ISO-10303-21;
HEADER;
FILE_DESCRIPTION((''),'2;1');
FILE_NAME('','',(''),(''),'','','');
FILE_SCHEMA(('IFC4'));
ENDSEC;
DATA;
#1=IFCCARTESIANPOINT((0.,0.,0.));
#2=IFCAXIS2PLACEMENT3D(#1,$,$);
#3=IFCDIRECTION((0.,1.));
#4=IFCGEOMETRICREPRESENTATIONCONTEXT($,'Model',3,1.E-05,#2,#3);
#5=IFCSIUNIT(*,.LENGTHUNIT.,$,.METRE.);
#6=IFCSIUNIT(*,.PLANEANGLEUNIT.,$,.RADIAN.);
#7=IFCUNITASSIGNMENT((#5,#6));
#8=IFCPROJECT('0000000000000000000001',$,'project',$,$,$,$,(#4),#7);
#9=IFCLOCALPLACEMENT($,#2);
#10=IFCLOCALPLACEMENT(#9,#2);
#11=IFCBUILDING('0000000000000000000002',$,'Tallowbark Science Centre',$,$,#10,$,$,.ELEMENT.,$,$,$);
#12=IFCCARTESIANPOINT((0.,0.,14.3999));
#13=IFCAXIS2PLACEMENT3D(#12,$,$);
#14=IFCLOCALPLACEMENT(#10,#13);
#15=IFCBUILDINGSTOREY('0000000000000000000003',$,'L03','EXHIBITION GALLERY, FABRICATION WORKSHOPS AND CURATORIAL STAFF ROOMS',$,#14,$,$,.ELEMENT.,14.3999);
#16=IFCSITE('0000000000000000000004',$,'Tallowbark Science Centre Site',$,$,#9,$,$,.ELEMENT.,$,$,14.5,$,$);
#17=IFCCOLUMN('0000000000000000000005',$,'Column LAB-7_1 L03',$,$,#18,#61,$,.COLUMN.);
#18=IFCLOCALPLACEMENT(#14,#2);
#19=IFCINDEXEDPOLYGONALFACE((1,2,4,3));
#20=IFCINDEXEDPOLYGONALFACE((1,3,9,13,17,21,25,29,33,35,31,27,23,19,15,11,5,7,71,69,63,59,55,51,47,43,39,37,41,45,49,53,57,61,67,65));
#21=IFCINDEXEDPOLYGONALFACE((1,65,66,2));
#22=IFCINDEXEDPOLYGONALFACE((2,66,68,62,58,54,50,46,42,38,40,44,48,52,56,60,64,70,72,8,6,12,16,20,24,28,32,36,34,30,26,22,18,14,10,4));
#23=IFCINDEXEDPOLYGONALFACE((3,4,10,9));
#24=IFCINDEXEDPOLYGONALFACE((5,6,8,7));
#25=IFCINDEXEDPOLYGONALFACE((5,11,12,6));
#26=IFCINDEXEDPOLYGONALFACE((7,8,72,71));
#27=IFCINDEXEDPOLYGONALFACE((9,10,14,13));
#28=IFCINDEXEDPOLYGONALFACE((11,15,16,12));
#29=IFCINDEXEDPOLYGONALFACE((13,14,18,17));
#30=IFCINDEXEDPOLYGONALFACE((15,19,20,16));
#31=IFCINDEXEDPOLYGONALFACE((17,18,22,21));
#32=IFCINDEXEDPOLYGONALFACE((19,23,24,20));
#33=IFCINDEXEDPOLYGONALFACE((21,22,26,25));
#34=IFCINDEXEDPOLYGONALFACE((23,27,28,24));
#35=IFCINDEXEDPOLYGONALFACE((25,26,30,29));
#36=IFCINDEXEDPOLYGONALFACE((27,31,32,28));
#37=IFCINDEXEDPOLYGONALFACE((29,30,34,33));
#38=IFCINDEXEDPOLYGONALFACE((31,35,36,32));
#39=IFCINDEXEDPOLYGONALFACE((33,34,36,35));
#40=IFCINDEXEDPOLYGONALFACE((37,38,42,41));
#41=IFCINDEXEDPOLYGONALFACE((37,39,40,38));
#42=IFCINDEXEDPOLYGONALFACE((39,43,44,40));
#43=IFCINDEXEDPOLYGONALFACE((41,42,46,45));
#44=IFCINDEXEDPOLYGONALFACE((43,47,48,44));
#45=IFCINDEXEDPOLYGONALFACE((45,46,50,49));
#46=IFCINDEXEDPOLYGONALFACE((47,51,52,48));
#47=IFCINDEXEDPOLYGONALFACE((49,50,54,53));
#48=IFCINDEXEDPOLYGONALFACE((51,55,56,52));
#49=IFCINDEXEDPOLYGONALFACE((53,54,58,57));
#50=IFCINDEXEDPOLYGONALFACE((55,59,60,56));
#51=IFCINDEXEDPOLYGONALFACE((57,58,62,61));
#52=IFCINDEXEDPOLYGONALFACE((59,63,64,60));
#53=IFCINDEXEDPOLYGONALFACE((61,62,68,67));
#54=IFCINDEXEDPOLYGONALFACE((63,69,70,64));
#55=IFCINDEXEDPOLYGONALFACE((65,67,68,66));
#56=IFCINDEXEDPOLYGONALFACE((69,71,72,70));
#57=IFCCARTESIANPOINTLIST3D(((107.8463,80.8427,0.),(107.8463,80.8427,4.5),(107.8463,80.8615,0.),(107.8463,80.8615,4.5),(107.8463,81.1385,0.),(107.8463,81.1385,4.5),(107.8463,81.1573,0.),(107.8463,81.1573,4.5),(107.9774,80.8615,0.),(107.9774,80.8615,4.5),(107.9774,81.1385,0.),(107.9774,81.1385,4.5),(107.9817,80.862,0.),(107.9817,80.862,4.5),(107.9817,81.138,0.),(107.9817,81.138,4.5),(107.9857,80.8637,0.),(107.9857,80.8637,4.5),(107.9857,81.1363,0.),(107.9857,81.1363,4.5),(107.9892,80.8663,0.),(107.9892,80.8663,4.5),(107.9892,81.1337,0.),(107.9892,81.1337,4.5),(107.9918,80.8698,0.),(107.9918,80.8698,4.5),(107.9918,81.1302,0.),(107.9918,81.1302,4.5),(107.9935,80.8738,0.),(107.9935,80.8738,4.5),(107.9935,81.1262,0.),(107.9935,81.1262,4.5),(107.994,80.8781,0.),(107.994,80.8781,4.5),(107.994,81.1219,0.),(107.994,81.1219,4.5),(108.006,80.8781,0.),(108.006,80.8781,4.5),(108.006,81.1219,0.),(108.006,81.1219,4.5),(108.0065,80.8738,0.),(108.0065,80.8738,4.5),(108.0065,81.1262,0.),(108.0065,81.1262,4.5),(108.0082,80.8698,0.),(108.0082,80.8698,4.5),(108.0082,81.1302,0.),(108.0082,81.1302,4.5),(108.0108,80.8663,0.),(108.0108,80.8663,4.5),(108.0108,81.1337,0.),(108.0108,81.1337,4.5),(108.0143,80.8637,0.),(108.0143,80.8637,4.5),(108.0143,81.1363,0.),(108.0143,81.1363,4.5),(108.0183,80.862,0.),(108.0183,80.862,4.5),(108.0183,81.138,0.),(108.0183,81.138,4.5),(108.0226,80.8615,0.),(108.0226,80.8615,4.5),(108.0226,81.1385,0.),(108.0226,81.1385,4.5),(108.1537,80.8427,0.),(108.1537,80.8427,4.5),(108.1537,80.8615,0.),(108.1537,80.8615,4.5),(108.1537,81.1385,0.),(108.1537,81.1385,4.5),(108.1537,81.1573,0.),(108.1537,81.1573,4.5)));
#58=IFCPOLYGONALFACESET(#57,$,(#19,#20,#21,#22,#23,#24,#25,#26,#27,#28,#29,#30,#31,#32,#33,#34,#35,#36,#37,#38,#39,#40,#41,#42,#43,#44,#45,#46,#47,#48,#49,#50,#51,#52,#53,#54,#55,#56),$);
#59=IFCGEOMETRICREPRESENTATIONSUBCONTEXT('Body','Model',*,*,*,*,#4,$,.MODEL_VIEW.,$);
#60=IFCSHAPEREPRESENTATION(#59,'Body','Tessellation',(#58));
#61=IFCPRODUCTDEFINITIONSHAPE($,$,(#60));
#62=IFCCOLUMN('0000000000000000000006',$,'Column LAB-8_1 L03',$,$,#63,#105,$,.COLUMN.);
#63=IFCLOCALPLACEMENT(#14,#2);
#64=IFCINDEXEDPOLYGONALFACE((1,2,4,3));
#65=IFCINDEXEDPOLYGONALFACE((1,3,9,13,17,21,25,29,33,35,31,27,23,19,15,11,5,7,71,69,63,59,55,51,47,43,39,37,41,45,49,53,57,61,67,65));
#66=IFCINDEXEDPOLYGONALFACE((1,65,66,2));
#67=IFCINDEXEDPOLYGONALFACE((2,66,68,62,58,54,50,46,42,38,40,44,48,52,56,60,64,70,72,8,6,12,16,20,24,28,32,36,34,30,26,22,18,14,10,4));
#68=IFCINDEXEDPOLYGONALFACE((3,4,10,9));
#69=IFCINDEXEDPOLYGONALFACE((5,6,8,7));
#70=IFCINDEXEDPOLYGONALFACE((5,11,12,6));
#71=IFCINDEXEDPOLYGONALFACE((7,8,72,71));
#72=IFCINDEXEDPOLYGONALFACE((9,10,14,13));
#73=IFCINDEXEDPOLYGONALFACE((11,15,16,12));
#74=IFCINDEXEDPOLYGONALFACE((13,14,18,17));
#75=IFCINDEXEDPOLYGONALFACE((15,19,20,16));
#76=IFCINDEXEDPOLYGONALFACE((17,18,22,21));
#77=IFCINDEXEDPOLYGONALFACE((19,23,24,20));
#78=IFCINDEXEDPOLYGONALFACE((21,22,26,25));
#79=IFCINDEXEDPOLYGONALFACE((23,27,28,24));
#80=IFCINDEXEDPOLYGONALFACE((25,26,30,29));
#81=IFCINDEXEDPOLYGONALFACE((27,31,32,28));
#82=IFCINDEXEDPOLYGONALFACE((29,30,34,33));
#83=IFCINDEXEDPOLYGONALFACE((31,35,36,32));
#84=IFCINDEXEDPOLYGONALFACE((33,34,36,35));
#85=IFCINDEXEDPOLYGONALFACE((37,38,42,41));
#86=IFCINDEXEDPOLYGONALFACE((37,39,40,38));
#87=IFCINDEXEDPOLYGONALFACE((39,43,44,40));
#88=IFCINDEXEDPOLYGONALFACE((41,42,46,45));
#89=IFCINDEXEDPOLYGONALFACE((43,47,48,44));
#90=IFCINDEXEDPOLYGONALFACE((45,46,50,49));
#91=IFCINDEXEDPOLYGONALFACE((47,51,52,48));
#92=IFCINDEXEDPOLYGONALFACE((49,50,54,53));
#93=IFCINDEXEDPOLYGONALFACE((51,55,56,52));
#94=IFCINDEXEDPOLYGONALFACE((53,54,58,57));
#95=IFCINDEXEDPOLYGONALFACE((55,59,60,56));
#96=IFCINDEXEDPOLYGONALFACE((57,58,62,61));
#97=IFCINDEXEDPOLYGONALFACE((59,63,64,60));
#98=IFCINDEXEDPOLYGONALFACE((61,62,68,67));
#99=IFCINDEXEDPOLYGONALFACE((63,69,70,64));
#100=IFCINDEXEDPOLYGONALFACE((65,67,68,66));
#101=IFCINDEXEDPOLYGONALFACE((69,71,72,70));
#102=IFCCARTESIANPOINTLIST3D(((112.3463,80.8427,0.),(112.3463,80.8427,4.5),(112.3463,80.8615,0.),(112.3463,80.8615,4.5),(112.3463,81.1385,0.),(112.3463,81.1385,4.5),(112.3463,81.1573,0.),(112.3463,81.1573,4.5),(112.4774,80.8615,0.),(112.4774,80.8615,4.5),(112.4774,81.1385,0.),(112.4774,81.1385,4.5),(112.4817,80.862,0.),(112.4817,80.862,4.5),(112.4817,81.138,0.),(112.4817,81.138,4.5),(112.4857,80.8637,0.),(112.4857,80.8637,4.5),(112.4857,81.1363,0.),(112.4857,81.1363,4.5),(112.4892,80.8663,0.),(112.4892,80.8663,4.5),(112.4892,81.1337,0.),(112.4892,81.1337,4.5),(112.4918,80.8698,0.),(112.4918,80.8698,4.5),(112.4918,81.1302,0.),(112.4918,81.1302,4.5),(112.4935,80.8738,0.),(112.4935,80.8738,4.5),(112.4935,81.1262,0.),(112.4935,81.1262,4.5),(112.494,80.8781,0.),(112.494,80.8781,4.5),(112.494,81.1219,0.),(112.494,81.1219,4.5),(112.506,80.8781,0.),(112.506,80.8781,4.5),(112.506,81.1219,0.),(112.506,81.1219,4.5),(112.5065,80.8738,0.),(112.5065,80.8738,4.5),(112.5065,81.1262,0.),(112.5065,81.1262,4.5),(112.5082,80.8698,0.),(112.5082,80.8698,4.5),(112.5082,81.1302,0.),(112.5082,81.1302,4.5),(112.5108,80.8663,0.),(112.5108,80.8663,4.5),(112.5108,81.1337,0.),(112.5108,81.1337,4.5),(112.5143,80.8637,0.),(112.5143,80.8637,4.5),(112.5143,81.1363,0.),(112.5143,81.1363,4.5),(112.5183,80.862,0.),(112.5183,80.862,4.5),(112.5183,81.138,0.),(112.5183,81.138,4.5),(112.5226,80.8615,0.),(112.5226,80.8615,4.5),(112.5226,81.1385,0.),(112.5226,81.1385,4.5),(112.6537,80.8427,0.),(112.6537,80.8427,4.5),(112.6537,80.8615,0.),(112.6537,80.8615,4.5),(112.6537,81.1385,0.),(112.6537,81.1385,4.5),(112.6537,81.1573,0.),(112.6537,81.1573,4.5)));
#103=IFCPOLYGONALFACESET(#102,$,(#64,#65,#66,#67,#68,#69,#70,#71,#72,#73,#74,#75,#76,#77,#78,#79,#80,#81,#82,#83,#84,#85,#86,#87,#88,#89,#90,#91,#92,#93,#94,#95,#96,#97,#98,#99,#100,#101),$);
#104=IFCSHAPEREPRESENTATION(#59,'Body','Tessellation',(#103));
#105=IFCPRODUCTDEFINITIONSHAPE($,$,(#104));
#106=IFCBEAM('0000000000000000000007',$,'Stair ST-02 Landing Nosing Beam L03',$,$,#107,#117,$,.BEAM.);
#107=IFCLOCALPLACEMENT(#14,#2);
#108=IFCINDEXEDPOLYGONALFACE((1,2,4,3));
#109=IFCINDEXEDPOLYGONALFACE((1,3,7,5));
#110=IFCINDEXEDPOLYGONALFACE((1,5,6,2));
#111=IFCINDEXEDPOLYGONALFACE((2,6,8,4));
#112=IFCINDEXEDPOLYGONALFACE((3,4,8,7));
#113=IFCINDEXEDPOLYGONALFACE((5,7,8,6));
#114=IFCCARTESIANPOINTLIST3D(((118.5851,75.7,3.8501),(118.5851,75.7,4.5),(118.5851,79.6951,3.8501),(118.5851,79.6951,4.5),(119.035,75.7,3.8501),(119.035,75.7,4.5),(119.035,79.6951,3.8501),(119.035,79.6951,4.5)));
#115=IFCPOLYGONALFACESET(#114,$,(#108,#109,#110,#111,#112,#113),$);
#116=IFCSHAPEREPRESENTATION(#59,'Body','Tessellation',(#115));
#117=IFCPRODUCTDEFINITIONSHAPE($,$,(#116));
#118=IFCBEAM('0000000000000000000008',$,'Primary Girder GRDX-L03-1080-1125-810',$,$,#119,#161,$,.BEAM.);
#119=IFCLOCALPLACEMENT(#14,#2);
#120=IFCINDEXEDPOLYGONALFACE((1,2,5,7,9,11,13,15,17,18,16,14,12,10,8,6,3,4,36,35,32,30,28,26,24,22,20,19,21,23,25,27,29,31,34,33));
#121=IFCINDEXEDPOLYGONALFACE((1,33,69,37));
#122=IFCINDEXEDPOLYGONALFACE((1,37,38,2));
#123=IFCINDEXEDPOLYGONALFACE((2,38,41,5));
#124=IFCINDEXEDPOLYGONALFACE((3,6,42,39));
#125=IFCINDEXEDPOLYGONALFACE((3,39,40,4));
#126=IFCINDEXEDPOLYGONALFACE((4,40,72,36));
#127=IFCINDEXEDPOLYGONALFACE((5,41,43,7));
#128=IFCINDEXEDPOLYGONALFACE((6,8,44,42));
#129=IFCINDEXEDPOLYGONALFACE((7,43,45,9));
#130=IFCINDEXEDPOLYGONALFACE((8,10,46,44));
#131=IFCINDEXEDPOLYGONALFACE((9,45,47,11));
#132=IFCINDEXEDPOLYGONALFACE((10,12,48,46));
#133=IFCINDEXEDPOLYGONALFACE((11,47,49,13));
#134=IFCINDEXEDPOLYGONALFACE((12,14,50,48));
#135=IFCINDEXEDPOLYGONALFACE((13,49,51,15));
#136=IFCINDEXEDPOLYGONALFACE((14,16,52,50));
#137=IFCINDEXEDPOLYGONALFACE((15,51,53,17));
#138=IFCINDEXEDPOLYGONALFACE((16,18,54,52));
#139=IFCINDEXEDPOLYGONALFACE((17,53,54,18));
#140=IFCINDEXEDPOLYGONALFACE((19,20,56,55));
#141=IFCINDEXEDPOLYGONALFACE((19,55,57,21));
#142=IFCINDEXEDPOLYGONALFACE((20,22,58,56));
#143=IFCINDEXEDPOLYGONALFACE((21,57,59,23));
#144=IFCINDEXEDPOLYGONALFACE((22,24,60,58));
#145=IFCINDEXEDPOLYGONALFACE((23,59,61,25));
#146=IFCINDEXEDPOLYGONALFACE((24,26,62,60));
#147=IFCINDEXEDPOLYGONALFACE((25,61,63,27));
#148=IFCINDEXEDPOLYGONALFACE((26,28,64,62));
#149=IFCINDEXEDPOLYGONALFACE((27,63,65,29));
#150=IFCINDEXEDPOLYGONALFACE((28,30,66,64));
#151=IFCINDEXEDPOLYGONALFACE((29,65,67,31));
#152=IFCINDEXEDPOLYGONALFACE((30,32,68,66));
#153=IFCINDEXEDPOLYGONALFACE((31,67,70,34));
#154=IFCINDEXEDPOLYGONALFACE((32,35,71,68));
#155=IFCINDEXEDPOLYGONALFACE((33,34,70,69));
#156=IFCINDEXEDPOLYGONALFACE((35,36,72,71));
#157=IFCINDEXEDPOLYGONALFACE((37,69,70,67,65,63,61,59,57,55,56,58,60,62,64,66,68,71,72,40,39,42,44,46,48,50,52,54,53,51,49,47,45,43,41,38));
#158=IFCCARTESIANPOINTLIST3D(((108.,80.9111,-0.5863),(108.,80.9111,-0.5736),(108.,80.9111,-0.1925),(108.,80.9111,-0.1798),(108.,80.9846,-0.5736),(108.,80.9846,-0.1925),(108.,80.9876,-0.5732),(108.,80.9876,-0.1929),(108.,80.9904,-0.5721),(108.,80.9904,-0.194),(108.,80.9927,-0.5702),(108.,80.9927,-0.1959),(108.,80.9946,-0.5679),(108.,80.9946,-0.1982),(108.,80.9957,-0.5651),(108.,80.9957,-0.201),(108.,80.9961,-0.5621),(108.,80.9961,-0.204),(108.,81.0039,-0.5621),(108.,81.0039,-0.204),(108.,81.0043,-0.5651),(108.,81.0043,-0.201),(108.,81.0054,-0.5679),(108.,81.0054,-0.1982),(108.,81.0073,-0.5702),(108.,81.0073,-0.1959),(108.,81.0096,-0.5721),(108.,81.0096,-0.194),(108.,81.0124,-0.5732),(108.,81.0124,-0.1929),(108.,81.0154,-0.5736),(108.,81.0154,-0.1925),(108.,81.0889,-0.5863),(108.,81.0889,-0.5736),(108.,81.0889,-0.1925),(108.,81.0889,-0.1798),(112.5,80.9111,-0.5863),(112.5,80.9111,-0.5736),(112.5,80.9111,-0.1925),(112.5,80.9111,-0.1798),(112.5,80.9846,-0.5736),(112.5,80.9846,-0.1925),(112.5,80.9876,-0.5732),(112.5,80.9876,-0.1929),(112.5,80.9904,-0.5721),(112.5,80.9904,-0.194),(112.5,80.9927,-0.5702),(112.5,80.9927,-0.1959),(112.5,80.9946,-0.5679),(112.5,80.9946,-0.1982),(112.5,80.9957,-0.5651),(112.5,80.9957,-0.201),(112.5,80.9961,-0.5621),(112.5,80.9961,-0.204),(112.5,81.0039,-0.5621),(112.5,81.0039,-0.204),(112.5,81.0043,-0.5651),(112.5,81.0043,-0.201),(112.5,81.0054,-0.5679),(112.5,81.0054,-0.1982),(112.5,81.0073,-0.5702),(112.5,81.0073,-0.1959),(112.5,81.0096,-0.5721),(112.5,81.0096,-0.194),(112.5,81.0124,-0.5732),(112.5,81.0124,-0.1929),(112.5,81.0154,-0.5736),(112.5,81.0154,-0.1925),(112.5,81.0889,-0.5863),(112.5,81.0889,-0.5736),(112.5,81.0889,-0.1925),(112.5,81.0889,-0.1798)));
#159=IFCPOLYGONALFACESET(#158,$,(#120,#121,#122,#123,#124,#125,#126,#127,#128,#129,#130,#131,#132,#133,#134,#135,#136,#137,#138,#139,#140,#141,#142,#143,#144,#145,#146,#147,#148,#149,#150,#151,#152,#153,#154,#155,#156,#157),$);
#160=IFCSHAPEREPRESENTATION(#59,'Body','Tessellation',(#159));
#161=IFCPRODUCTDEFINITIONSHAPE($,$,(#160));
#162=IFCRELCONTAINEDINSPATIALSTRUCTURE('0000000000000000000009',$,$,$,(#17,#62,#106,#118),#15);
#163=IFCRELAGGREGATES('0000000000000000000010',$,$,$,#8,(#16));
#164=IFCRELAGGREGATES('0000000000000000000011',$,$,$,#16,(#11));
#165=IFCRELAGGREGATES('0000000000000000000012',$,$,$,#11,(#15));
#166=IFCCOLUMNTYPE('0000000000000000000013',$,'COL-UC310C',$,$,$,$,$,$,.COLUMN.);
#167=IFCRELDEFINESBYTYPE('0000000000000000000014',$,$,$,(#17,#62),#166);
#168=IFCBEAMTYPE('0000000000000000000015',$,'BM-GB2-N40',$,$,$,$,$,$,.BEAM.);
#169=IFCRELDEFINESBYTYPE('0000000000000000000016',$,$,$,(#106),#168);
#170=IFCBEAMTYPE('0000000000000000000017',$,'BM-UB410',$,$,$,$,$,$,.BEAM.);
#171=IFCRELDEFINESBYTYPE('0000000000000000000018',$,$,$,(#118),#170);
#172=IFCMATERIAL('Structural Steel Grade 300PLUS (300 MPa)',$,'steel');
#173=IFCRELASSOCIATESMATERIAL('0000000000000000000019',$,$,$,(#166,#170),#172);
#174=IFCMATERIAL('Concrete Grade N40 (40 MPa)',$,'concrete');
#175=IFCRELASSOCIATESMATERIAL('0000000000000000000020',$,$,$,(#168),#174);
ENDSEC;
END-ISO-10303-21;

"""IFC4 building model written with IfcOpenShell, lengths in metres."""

from ifc_helpers import new_model, si_unit, direction, frame, origin, origin_2d, place, context, subcontext, project, spatial, rectangle, i_section, extrude, material, material_profile, profile_set, type_object, element, save


model = new_model("IFC4")

# Units and contexts
model_context = context("Model", 3, precision=1e-05, world=origin(), true_north=direction((0.0, 1.0)))
body_context = subcontext(model_context, "Body", "Model", "MODEL_VIEW")
ifc_project = project(units=[si_unit("LENGTHUNIT", "METRE"), si_unit("PLANEANGLEUNIT", "RADIAN")], contexts=[model_context])

# Site, building, storey
site_placement = place(None, origin())
site = spatial("IfcSite", under=ifc_project, at=site_placement, Name="Tallowbark Science Centre Site", CompositionType="ELEMENT", RefElevation=14.5)
building_placement = place(site_placement, origin())
building = spatial("IfcBuilding", under=site, at=building_placement, Name="Tallowbark Science Centre", CompositionType="ELEMENT")
storey_placement = place(building_placement, frame((0.0, 0.0, 14.3999)))
storey = spatial("IfcBuildingStorey", under=building, at=storey_placement, Name="L03", Description="EXHIBITION GALLERY, FABRICATION WORKSHOPS AND CURATORIAL STAFF ROOMS", CompositionType="ELEMENT", Elevation=14.3999)

# Columns
ifc_material_1 = material(Name="Structural Steel Grade 300PLUS (300 MPa)", Category="steel")
ifc_material_profile_1 = material_profile(ifc_material_1, i_section(OverallWidth=0.3074, OverallDepth=0.3147, WebThickness=0.012, FlangeThickness=0.0188, FilletRadius=0.0166, at=origin_2d()), Name="310UC118")
ifc_profile_set_1 = profile_set([ifc_material_profile_1], Name="Structural Steel Grade 300PLUS (300 MPa)")
column_type = type_object("IfcColumnType", Name="COL-UC310C", PredefinedType="COLUMN", material=ifc_profile_set_1)
for number, where, z_axis, x_axis, name in (
    (1, (108.0, 81.0, 0.0), (0.0, 0.0, 1.0), (1.0, 0.0, 0.0), "Column LAB-7_1 L03"),
    (2, (112.5, 81.0, 0.0), (0.0, 0.0, 1.0), (1.0, 0.0, 0.0), "Column LAB-8_1 L03"),
):
    element("IfcColumn", number, at=place(storey_placement, frame(where, z_axis=z_axis, x_axis=x_axis)), inside=storey, type_object=column_type, Name=name, PredefinedType="COLUMN", context=body_context, shape_type="SweptSolid", body=[
        extrude(i_section(OverallWidth=0.3074, OverallDepth=0.3147, WebThickness=0.012, FlangeThickness=0.0188, FilletRadius=0.0166, at=origin_2d()), origin(), (0.0, 0.0, 1.0), 4.5),
    ])

# Beams
ifc_material_2 = material(Name="Concrete Grade N40 (40 MPa)", Category="concrete")
ifc_material_profile_2 = material_profile(ifc_material_2, rectangle(XDim=0.45, YDim=0.6499, at=origin_2d()), Name="RC450x650")
ifc_profile_set_2 = profile_set([ifc_material_profile_2], Name="Concrete Grade N40 (40 MPa)")
beam_type_1 = type_object("IfcBeamType", Name="BM-GB2-N40", PredefinedType="BEAM", material=ifc_profile_set_2)
beam_1_placement = place(storey_placement, frame((118.8101, 75.7, 4.175), z_axis=(0.0, 1.0, 0.0), x_axis=(-1.0, 0.0, 0.0)))
element("IfcBeam", 3, at=beam_1_placement, inside=storey, type_object=beam_type_1, Name="Stair ST-02 Landing Nosing Beam L03", PredefinedType="BEAM", context=body_context, shape_type="SweptSolid", body=[
    extrude(rectangle(XDim=0.45, YDim=0.6499, at=origin_2d()), origin(), (0.0, 0.0, 1.0), 3.9951),
])
ifc_material_profile_3 = material_profile(ifc_material_1, i_section(OverallWidth=0.1777, OverallDepth=0.4065, WebThickness=0.0078, FlangeThickness=0.0127, FilletRadius=0.0115, at=origin_2d()), Name="410UB59.7")
ifc_profile_set_3 = profile_set([ifc_material_profile_3], Name="Structural Steel Grade 300PLUS (300 MPa)")
beam_type_2 = type_object("IfcBeamType", Name="BM-UB410", PredefinedType="BEAM", material=ifc_profile_set_3)
beam_2_placement = place(storey_placement, frame((108.0, 81.0, -0.3831), z_axis=(1.0, 0.0, 0.0), x_axis=(0.0, 1.0, 0.0)))
element("IfcBeam", 4, at=beam_2_placement, inside=storey, type_object=beam_type_2, Name="Primary Girder GRDX-L03-1080-1125-810", PredefinedType="BEAM", context=body_context, shape_type="SweptSolid", body=[
    extrude(i_section(OverallWidth=0.1777, OverallDepth=0.4065, WebThickness=0.0078, FlangeThickness=0.0127, FilletRadius=0.0115, at=origin_2d()), origin(), (0.0, 0.0, 1.0), 4.5),
])

save(model, "model.ifc")
